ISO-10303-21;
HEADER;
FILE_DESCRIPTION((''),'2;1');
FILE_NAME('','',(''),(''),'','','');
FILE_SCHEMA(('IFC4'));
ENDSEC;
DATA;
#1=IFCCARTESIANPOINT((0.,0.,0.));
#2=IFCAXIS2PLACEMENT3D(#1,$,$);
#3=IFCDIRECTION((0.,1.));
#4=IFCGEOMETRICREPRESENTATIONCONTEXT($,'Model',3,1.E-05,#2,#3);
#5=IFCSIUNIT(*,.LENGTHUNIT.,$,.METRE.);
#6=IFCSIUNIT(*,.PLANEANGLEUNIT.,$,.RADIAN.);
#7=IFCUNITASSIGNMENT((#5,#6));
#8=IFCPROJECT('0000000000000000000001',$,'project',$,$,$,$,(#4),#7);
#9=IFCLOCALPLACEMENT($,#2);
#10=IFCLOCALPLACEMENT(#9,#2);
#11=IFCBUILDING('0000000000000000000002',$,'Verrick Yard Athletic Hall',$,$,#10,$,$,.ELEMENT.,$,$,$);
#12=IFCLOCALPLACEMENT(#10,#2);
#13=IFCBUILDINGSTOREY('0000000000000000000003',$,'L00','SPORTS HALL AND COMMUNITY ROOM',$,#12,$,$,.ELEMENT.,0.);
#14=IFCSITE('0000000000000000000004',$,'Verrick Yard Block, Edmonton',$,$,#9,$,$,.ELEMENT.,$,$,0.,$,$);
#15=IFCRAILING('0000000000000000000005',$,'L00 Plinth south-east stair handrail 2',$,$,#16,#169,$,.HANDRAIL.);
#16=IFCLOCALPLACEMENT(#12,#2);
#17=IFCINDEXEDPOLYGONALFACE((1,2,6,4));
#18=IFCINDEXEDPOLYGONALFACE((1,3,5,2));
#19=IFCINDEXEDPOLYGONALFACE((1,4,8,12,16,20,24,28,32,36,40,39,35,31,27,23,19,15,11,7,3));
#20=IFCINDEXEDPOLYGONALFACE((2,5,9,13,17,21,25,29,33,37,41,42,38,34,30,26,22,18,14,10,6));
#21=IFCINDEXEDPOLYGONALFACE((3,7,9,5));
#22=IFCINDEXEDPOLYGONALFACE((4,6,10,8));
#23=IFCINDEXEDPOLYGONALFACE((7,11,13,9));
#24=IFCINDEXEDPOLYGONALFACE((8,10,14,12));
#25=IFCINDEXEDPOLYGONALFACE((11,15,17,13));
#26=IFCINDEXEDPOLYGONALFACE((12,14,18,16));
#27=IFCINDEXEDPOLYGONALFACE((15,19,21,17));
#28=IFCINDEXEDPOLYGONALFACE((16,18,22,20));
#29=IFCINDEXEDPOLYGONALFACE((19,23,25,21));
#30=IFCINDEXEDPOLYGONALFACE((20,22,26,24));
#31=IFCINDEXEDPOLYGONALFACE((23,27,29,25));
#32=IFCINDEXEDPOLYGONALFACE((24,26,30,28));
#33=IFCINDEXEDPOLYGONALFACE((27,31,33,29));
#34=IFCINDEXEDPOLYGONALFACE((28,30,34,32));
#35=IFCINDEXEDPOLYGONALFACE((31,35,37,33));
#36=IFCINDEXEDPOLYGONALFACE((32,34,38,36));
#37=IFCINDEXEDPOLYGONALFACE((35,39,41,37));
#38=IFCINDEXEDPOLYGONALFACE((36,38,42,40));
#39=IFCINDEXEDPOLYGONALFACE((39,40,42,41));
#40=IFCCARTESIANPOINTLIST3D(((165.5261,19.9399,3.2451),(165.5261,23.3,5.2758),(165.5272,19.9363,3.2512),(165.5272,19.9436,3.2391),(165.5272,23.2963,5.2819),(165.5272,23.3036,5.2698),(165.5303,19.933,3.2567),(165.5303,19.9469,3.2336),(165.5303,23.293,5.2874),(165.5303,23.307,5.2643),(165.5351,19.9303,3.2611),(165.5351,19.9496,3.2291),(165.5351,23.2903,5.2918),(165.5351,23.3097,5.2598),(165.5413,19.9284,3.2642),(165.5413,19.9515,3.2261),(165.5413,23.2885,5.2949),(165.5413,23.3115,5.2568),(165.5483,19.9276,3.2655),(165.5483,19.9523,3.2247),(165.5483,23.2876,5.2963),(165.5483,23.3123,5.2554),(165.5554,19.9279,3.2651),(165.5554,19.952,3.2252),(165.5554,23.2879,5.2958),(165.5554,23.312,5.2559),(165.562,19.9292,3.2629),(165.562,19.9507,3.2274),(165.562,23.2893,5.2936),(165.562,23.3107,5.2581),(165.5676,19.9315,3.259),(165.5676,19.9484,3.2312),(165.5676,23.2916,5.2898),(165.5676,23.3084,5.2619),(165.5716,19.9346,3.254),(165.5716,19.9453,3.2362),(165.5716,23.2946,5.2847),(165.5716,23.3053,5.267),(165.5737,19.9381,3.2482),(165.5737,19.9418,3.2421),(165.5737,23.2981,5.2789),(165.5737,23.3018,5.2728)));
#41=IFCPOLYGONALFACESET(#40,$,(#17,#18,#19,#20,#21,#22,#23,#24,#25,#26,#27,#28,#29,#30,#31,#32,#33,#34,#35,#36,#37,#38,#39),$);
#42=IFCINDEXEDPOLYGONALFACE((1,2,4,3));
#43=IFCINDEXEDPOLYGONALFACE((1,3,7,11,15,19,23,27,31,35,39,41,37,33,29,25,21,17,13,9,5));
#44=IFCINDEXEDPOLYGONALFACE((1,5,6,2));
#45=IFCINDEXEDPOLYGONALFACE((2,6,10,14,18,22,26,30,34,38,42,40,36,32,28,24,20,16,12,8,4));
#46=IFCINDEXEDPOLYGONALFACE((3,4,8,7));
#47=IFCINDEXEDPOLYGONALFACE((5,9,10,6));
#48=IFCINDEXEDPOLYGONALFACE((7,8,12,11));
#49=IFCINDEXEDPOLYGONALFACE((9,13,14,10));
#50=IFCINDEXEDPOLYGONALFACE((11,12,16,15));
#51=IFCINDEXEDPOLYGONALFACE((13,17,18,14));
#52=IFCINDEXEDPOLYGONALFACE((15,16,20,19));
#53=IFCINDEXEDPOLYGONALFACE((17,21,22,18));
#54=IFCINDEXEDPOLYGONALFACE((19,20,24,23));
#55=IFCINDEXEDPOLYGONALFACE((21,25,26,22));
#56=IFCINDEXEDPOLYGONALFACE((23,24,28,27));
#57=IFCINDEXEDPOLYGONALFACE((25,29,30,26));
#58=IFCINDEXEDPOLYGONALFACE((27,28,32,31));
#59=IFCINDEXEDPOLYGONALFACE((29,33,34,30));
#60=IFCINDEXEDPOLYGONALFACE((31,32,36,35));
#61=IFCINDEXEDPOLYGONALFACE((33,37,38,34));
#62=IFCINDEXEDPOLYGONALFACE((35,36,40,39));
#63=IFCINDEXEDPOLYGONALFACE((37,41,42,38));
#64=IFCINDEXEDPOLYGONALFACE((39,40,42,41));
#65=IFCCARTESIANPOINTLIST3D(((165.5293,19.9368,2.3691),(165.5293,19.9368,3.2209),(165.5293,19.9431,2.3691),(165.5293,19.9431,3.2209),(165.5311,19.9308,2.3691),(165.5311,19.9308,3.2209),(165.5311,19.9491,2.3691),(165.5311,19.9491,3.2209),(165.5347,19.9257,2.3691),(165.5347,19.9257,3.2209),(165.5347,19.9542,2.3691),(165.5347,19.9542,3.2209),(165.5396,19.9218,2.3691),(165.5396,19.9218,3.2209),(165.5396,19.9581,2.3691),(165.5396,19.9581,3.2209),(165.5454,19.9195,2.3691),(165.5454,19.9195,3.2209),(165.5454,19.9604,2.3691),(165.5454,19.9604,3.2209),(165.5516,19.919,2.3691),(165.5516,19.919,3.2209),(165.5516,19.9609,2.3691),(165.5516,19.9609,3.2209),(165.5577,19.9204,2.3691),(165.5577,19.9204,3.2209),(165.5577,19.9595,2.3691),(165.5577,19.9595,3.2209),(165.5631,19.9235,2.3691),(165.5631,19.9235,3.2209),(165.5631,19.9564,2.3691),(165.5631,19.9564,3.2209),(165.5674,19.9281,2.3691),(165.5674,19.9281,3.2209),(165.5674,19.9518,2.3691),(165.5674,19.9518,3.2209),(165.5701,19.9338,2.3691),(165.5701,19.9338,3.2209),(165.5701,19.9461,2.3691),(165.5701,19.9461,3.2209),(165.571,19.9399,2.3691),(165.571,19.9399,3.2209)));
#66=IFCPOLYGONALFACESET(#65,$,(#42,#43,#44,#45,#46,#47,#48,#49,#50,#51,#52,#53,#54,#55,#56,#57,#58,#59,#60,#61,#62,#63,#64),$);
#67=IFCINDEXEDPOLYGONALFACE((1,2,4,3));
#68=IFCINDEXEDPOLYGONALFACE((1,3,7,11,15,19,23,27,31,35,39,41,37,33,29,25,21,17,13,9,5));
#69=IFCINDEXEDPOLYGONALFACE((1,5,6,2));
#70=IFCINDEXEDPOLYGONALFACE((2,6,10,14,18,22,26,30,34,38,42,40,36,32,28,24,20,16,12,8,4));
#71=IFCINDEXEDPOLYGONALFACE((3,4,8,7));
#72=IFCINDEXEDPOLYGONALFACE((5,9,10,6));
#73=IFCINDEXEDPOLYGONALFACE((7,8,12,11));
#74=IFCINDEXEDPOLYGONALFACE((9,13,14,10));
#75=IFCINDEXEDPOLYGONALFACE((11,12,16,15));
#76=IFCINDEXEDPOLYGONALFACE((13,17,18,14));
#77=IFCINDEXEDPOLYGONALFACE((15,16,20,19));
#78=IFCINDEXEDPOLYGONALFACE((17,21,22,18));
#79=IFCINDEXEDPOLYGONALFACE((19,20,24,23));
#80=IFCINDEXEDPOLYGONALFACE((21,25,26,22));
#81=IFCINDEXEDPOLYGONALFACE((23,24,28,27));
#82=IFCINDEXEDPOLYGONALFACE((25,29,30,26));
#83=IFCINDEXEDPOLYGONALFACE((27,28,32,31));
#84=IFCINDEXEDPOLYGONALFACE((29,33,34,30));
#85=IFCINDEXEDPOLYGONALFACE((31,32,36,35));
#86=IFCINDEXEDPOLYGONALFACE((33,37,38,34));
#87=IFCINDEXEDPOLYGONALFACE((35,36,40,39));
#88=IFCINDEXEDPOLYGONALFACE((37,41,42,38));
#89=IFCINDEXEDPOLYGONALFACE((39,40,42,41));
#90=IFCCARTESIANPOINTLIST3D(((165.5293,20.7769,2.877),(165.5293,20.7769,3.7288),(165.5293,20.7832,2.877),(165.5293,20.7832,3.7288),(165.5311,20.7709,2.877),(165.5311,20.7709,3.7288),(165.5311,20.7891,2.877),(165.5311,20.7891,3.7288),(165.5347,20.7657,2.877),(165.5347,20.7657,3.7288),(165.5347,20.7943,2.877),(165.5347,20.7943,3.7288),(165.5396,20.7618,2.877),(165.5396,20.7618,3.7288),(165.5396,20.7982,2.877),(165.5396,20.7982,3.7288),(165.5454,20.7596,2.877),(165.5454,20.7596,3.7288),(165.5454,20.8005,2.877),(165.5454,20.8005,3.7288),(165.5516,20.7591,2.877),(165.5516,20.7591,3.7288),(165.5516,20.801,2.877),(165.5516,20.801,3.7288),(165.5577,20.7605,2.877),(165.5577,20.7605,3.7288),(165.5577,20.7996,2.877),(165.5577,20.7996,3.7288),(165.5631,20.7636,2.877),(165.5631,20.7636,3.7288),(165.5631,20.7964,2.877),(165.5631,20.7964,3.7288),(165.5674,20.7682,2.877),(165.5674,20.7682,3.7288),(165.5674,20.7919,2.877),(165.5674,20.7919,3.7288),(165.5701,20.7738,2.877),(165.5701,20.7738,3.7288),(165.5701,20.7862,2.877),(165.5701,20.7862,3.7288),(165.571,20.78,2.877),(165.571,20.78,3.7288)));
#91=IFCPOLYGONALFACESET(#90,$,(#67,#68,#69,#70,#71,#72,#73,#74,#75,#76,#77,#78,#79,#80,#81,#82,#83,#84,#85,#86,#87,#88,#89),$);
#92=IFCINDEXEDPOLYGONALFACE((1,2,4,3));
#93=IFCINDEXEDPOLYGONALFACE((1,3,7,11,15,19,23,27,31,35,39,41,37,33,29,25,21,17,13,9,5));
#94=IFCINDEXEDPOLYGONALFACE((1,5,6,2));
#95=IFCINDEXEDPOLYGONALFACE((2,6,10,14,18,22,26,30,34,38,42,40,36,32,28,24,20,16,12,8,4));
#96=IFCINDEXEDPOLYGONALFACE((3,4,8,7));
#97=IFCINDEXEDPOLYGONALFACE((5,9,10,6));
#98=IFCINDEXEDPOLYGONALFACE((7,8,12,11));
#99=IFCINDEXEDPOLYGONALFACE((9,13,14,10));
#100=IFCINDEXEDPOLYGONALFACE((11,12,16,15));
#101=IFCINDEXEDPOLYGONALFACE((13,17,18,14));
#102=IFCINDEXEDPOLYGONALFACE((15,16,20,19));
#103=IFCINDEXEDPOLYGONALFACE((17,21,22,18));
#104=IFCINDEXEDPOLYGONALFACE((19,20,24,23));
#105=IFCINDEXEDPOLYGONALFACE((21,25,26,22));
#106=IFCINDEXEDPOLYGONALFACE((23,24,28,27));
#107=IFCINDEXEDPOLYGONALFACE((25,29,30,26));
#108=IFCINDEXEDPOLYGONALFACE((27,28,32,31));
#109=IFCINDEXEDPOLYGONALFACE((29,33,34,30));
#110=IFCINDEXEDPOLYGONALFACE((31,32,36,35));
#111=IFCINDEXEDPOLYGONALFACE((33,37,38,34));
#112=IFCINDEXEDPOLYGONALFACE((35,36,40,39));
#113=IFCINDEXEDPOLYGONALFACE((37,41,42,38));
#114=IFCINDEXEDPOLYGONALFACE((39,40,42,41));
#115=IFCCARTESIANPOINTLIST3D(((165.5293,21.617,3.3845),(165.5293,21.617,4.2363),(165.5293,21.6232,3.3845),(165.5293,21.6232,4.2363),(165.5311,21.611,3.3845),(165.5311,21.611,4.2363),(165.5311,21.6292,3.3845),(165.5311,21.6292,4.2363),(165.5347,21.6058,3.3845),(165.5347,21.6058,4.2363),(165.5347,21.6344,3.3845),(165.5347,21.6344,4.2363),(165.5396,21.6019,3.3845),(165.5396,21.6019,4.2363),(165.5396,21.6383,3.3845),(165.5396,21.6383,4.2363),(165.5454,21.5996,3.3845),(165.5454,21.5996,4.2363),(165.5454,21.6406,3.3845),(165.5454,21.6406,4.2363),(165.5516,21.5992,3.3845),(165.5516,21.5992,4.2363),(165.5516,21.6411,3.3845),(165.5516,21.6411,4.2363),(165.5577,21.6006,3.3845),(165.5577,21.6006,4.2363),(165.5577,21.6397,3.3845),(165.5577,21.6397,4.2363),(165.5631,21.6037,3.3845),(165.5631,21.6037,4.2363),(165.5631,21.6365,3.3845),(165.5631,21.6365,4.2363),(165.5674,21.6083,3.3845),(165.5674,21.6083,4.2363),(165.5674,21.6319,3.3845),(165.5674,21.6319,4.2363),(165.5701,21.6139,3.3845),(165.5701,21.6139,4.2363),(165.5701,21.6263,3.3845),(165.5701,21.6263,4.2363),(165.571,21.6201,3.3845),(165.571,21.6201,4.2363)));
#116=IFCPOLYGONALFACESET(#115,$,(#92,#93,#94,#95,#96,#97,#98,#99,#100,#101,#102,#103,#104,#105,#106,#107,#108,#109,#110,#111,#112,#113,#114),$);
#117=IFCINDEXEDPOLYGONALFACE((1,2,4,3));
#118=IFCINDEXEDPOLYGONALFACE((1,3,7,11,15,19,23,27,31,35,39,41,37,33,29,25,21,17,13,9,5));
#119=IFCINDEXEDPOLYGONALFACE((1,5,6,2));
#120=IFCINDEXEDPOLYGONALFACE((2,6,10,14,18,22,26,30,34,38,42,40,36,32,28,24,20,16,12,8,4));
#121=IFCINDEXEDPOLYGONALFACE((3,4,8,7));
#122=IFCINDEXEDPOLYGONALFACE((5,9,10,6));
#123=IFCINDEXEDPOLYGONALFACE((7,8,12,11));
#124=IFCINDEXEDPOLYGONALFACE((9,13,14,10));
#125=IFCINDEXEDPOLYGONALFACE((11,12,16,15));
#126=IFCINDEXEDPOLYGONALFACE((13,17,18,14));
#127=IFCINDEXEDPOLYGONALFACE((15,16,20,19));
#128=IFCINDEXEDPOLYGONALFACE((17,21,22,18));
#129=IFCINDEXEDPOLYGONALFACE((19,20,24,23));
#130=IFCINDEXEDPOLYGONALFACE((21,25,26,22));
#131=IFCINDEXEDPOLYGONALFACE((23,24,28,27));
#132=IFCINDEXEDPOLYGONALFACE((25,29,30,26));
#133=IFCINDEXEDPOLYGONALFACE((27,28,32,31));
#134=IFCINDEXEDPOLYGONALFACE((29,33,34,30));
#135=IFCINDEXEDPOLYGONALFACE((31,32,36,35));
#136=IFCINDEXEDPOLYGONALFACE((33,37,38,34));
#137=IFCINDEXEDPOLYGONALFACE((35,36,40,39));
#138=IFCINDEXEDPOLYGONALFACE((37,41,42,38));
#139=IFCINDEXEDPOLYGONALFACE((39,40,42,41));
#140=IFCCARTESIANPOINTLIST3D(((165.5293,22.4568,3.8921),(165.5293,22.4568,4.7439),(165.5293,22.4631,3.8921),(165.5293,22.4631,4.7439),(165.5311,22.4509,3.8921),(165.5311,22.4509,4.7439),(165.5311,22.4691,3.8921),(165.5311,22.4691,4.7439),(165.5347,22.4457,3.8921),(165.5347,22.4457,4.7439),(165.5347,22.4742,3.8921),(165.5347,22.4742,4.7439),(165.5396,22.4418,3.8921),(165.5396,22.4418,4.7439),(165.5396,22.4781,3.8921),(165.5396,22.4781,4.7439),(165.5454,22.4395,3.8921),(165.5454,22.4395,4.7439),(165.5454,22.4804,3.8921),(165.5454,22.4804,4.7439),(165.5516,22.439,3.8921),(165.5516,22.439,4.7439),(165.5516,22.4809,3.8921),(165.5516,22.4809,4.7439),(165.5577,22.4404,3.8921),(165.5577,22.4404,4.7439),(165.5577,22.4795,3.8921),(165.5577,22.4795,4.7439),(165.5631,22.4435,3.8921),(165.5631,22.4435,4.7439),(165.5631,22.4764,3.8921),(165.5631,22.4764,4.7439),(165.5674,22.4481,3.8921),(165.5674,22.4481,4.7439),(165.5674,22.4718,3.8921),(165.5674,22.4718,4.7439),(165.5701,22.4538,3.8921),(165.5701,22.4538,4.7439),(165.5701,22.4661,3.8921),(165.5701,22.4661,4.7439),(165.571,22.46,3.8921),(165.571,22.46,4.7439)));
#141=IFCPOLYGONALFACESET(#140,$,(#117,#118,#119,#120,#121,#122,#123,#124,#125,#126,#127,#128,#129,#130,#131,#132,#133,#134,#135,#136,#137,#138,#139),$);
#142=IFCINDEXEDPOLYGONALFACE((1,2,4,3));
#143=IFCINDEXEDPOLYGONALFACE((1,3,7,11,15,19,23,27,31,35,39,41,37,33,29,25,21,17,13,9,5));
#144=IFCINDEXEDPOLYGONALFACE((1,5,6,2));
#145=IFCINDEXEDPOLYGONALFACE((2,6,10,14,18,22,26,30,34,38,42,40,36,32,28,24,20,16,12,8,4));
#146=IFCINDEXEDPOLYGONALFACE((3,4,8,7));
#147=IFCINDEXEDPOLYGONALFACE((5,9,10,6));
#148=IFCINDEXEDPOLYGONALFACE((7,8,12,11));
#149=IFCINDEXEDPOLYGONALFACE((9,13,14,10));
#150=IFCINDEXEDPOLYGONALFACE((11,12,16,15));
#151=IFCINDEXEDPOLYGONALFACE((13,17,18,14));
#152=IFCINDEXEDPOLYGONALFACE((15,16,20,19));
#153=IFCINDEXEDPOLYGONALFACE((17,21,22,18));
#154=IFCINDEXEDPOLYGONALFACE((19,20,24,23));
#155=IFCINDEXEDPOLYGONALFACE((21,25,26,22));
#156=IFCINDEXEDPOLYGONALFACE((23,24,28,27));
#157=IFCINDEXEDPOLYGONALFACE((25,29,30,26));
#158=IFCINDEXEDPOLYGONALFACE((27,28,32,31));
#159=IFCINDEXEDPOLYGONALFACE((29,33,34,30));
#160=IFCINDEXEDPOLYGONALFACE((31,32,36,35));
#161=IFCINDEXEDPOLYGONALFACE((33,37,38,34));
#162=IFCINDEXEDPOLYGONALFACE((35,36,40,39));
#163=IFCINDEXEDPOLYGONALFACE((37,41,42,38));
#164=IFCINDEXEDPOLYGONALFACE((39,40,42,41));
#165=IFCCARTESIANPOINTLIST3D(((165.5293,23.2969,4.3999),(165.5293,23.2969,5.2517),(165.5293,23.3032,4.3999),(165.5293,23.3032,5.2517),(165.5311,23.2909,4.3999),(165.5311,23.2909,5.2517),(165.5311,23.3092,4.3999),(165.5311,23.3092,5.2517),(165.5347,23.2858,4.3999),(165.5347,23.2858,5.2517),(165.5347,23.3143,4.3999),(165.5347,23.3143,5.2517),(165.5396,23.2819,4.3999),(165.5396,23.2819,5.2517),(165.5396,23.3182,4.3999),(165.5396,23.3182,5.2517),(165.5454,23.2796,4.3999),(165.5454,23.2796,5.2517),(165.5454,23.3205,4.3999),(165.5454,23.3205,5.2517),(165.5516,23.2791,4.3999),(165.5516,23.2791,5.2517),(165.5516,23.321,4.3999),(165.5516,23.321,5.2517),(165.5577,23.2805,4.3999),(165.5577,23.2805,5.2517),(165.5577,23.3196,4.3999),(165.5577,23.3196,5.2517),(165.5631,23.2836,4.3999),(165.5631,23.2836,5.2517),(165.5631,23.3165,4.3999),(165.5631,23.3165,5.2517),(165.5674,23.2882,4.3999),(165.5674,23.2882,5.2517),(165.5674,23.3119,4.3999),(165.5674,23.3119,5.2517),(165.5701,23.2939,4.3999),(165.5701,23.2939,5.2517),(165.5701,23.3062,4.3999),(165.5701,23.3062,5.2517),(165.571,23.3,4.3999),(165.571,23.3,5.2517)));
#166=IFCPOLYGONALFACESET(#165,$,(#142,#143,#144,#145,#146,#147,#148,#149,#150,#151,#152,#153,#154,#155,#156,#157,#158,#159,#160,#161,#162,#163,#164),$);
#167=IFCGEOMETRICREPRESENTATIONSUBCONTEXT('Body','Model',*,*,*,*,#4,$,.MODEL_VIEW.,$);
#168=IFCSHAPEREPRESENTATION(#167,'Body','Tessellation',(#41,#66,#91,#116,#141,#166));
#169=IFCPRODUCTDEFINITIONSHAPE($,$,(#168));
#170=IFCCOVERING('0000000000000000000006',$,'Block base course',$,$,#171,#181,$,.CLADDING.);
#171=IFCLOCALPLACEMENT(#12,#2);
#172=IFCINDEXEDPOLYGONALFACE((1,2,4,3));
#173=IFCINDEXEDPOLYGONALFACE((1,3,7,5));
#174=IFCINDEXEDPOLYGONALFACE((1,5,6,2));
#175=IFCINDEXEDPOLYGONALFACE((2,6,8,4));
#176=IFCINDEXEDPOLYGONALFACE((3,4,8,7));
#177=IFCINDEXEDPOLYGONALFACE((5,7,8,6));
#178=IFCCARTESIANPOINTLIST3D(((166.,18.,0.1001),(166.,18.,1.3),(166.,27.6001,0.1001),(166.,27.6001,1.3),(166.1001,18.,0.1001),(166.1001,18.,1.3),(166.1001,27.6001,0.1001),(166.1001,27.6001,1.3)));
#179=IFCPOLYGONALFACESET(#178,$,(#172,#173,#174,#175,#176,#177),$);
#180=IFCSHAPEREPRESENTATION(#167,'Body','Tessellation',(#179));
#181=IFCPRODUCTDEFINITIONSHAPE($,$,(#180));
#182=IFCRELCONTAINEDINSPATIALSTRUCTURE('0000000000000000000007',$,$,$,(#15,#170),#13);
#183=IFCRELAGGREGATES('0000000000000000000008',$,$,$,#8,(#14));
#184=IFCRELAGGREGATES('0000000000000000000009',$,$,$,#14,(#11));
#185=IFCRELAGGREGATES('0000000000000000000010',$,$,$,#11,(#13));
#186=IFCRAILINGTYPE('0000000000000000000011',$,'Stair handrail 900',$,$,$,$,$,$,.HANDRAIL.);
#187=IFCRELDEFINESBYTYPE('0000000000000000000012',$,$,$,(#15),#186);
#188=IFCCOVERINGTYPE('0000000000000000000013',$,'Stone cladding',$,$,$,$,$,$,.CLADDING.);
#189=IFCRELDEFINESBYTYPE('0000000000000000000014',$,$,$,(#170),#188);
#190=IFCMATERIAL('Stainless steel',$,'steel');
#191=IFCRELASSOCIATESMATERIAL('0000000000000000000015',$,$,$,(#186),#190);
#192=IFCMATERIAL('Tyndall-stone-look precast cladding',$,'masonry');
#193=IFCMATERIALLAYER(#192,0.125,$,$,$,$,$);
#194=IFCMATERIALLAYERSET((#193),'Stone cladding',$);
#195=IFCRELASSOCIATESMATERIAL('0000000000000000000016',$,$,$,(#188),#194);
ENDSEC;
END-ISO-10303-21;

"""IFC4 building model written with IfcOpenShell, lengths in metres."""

from ifc_helpers import new_model, si_unit, direction, frame, origin, origin_2d, place, context, subcontext, project, spatial, rectangle, circle, extrude, material, layer, layer_set, type_object, element, save


model = new_model("IFC4")

# Units and contexts
model_context = context("Model", 3, precision=1e-05, world=origin(), true_north=direction((0.0, 1.0)))
body_context = subcontext(model_context, "Body", "Model", "MODEL_VIEW")
ifc_project = project(units=[si_unit("LENGTHUNIT", "METRE"), si_unit("PLANEANGLEUNIT", "RADIAN")], contexts=[model_context])

# Site, building, storey
site_placement = place(None, origin())
site = spatial("IfcSite", under=ifc_project, at=site_placement, Name="Verrick Yard Block, Edmonton", CompositionType="ELEMENT", RefElevation=0.0)
building_placement = place(site_placement, origin())
building = spatial("IfcBuilding", under=site, at=building_placement, Name="Verrick Yard Athletic Hall", CompositionType="ELEMENT")
storey_placement = place(building_placement, origin())
storey = spatial("IfcBuildingStorey", under=building, at=storey_placement, Name="L00", Description="SPORTS HALL AND COMMUNITY ROOM", CompositionType="ELEMENT", Elevation=0.0)

# Railing
ifc_material_1 = material(Name="Stainless steel", Category="steel")
railing_type_1 = type_object("IfcRailingType", Name="Stair handrail 900", PredefinedType="HANDRAIL", material=ifc_material_1)
railing_1_placement = place(storey_placement, frame((165.55, 19.9399, 2.3691)))
element("IfcRailing", 1, at=railing_1_placement, inside=storey, type_object=railing_type_1, Name="L00 Plinth south-east stair handrail 2", PredefinedType="HANDRAIL", context=body_context, shape_type="SweptSolid", body=[
    extrude(circle(Radius=0.0239, at=origin_2d()), frame((0.0, 0.0, 0.876), z_axis=(0.0, 0.855837, 0.517246), x_axis=(-1.0, 0.0, 0.0)), (0.0, 0.0, 1.0), 3.926),
    extrude(circle(Radius=0.021, at=origin_2d()), origin(), (0.0, 0.0, 1.0), 0.8518),
    extrude(circle(Radius=0.021, at=origin_2d()), frame((0.0, 0.8401, 0.5078)), (0.0, 0.0, 1.0), 0.8518),
    extrude(circle(Radius=0.021, at=origin_2d()), frame((0.0, 1.6802, 1.0154)), (0.0, 0.0, 1.0), 0.8518),
    extrude(circle(Radius=0.021, at=origin_2d()), frame((0.0, 2.52, 1.5229)), (0.0, 0.0, 1.0), 0.8518),
    extrude(circle(Radius=0.021, at=origin_2d()), frame((0.0, 3.3601, 2.0308)), (0.0, 0.0, 1.0), 0.8518),
])

# Covering
ifc_material_2 = material(Name="Tyndall-stone-look precast cladding", Category="masonry")
ifc_layer_1 = layer(ifc_material_2, 0.125)
ifc_layer_set_1 = layer_set([ifc_layer_1], Name="Stone cladding")
covering_type = type_object("IfcCoveringType", Name="Stone cladding", PredefinedType="CLADDING", material=ifc_layer_set_1)
covering_placement = place(storey_placement, frame((166.05, 22.8, 0.1001), z_axis=(0.0, 0.0, 1.0), x_axis=(1.0, 0.0, 0.0)))
element("IfcCovering", 2, at=covering_placement, inside=storey, type_object=covering_type, Name="Block base course", PredefinedType="CLADDING", context=body_context, shape_type="SweptSolid", body=[
    extrude(rectangle(XDim=0.1001, YDim=9.6001, at=origin_2d()), origin(), (0.0, 0.0, 1.0), 1.2),
])

save(model, "model.ifc")
